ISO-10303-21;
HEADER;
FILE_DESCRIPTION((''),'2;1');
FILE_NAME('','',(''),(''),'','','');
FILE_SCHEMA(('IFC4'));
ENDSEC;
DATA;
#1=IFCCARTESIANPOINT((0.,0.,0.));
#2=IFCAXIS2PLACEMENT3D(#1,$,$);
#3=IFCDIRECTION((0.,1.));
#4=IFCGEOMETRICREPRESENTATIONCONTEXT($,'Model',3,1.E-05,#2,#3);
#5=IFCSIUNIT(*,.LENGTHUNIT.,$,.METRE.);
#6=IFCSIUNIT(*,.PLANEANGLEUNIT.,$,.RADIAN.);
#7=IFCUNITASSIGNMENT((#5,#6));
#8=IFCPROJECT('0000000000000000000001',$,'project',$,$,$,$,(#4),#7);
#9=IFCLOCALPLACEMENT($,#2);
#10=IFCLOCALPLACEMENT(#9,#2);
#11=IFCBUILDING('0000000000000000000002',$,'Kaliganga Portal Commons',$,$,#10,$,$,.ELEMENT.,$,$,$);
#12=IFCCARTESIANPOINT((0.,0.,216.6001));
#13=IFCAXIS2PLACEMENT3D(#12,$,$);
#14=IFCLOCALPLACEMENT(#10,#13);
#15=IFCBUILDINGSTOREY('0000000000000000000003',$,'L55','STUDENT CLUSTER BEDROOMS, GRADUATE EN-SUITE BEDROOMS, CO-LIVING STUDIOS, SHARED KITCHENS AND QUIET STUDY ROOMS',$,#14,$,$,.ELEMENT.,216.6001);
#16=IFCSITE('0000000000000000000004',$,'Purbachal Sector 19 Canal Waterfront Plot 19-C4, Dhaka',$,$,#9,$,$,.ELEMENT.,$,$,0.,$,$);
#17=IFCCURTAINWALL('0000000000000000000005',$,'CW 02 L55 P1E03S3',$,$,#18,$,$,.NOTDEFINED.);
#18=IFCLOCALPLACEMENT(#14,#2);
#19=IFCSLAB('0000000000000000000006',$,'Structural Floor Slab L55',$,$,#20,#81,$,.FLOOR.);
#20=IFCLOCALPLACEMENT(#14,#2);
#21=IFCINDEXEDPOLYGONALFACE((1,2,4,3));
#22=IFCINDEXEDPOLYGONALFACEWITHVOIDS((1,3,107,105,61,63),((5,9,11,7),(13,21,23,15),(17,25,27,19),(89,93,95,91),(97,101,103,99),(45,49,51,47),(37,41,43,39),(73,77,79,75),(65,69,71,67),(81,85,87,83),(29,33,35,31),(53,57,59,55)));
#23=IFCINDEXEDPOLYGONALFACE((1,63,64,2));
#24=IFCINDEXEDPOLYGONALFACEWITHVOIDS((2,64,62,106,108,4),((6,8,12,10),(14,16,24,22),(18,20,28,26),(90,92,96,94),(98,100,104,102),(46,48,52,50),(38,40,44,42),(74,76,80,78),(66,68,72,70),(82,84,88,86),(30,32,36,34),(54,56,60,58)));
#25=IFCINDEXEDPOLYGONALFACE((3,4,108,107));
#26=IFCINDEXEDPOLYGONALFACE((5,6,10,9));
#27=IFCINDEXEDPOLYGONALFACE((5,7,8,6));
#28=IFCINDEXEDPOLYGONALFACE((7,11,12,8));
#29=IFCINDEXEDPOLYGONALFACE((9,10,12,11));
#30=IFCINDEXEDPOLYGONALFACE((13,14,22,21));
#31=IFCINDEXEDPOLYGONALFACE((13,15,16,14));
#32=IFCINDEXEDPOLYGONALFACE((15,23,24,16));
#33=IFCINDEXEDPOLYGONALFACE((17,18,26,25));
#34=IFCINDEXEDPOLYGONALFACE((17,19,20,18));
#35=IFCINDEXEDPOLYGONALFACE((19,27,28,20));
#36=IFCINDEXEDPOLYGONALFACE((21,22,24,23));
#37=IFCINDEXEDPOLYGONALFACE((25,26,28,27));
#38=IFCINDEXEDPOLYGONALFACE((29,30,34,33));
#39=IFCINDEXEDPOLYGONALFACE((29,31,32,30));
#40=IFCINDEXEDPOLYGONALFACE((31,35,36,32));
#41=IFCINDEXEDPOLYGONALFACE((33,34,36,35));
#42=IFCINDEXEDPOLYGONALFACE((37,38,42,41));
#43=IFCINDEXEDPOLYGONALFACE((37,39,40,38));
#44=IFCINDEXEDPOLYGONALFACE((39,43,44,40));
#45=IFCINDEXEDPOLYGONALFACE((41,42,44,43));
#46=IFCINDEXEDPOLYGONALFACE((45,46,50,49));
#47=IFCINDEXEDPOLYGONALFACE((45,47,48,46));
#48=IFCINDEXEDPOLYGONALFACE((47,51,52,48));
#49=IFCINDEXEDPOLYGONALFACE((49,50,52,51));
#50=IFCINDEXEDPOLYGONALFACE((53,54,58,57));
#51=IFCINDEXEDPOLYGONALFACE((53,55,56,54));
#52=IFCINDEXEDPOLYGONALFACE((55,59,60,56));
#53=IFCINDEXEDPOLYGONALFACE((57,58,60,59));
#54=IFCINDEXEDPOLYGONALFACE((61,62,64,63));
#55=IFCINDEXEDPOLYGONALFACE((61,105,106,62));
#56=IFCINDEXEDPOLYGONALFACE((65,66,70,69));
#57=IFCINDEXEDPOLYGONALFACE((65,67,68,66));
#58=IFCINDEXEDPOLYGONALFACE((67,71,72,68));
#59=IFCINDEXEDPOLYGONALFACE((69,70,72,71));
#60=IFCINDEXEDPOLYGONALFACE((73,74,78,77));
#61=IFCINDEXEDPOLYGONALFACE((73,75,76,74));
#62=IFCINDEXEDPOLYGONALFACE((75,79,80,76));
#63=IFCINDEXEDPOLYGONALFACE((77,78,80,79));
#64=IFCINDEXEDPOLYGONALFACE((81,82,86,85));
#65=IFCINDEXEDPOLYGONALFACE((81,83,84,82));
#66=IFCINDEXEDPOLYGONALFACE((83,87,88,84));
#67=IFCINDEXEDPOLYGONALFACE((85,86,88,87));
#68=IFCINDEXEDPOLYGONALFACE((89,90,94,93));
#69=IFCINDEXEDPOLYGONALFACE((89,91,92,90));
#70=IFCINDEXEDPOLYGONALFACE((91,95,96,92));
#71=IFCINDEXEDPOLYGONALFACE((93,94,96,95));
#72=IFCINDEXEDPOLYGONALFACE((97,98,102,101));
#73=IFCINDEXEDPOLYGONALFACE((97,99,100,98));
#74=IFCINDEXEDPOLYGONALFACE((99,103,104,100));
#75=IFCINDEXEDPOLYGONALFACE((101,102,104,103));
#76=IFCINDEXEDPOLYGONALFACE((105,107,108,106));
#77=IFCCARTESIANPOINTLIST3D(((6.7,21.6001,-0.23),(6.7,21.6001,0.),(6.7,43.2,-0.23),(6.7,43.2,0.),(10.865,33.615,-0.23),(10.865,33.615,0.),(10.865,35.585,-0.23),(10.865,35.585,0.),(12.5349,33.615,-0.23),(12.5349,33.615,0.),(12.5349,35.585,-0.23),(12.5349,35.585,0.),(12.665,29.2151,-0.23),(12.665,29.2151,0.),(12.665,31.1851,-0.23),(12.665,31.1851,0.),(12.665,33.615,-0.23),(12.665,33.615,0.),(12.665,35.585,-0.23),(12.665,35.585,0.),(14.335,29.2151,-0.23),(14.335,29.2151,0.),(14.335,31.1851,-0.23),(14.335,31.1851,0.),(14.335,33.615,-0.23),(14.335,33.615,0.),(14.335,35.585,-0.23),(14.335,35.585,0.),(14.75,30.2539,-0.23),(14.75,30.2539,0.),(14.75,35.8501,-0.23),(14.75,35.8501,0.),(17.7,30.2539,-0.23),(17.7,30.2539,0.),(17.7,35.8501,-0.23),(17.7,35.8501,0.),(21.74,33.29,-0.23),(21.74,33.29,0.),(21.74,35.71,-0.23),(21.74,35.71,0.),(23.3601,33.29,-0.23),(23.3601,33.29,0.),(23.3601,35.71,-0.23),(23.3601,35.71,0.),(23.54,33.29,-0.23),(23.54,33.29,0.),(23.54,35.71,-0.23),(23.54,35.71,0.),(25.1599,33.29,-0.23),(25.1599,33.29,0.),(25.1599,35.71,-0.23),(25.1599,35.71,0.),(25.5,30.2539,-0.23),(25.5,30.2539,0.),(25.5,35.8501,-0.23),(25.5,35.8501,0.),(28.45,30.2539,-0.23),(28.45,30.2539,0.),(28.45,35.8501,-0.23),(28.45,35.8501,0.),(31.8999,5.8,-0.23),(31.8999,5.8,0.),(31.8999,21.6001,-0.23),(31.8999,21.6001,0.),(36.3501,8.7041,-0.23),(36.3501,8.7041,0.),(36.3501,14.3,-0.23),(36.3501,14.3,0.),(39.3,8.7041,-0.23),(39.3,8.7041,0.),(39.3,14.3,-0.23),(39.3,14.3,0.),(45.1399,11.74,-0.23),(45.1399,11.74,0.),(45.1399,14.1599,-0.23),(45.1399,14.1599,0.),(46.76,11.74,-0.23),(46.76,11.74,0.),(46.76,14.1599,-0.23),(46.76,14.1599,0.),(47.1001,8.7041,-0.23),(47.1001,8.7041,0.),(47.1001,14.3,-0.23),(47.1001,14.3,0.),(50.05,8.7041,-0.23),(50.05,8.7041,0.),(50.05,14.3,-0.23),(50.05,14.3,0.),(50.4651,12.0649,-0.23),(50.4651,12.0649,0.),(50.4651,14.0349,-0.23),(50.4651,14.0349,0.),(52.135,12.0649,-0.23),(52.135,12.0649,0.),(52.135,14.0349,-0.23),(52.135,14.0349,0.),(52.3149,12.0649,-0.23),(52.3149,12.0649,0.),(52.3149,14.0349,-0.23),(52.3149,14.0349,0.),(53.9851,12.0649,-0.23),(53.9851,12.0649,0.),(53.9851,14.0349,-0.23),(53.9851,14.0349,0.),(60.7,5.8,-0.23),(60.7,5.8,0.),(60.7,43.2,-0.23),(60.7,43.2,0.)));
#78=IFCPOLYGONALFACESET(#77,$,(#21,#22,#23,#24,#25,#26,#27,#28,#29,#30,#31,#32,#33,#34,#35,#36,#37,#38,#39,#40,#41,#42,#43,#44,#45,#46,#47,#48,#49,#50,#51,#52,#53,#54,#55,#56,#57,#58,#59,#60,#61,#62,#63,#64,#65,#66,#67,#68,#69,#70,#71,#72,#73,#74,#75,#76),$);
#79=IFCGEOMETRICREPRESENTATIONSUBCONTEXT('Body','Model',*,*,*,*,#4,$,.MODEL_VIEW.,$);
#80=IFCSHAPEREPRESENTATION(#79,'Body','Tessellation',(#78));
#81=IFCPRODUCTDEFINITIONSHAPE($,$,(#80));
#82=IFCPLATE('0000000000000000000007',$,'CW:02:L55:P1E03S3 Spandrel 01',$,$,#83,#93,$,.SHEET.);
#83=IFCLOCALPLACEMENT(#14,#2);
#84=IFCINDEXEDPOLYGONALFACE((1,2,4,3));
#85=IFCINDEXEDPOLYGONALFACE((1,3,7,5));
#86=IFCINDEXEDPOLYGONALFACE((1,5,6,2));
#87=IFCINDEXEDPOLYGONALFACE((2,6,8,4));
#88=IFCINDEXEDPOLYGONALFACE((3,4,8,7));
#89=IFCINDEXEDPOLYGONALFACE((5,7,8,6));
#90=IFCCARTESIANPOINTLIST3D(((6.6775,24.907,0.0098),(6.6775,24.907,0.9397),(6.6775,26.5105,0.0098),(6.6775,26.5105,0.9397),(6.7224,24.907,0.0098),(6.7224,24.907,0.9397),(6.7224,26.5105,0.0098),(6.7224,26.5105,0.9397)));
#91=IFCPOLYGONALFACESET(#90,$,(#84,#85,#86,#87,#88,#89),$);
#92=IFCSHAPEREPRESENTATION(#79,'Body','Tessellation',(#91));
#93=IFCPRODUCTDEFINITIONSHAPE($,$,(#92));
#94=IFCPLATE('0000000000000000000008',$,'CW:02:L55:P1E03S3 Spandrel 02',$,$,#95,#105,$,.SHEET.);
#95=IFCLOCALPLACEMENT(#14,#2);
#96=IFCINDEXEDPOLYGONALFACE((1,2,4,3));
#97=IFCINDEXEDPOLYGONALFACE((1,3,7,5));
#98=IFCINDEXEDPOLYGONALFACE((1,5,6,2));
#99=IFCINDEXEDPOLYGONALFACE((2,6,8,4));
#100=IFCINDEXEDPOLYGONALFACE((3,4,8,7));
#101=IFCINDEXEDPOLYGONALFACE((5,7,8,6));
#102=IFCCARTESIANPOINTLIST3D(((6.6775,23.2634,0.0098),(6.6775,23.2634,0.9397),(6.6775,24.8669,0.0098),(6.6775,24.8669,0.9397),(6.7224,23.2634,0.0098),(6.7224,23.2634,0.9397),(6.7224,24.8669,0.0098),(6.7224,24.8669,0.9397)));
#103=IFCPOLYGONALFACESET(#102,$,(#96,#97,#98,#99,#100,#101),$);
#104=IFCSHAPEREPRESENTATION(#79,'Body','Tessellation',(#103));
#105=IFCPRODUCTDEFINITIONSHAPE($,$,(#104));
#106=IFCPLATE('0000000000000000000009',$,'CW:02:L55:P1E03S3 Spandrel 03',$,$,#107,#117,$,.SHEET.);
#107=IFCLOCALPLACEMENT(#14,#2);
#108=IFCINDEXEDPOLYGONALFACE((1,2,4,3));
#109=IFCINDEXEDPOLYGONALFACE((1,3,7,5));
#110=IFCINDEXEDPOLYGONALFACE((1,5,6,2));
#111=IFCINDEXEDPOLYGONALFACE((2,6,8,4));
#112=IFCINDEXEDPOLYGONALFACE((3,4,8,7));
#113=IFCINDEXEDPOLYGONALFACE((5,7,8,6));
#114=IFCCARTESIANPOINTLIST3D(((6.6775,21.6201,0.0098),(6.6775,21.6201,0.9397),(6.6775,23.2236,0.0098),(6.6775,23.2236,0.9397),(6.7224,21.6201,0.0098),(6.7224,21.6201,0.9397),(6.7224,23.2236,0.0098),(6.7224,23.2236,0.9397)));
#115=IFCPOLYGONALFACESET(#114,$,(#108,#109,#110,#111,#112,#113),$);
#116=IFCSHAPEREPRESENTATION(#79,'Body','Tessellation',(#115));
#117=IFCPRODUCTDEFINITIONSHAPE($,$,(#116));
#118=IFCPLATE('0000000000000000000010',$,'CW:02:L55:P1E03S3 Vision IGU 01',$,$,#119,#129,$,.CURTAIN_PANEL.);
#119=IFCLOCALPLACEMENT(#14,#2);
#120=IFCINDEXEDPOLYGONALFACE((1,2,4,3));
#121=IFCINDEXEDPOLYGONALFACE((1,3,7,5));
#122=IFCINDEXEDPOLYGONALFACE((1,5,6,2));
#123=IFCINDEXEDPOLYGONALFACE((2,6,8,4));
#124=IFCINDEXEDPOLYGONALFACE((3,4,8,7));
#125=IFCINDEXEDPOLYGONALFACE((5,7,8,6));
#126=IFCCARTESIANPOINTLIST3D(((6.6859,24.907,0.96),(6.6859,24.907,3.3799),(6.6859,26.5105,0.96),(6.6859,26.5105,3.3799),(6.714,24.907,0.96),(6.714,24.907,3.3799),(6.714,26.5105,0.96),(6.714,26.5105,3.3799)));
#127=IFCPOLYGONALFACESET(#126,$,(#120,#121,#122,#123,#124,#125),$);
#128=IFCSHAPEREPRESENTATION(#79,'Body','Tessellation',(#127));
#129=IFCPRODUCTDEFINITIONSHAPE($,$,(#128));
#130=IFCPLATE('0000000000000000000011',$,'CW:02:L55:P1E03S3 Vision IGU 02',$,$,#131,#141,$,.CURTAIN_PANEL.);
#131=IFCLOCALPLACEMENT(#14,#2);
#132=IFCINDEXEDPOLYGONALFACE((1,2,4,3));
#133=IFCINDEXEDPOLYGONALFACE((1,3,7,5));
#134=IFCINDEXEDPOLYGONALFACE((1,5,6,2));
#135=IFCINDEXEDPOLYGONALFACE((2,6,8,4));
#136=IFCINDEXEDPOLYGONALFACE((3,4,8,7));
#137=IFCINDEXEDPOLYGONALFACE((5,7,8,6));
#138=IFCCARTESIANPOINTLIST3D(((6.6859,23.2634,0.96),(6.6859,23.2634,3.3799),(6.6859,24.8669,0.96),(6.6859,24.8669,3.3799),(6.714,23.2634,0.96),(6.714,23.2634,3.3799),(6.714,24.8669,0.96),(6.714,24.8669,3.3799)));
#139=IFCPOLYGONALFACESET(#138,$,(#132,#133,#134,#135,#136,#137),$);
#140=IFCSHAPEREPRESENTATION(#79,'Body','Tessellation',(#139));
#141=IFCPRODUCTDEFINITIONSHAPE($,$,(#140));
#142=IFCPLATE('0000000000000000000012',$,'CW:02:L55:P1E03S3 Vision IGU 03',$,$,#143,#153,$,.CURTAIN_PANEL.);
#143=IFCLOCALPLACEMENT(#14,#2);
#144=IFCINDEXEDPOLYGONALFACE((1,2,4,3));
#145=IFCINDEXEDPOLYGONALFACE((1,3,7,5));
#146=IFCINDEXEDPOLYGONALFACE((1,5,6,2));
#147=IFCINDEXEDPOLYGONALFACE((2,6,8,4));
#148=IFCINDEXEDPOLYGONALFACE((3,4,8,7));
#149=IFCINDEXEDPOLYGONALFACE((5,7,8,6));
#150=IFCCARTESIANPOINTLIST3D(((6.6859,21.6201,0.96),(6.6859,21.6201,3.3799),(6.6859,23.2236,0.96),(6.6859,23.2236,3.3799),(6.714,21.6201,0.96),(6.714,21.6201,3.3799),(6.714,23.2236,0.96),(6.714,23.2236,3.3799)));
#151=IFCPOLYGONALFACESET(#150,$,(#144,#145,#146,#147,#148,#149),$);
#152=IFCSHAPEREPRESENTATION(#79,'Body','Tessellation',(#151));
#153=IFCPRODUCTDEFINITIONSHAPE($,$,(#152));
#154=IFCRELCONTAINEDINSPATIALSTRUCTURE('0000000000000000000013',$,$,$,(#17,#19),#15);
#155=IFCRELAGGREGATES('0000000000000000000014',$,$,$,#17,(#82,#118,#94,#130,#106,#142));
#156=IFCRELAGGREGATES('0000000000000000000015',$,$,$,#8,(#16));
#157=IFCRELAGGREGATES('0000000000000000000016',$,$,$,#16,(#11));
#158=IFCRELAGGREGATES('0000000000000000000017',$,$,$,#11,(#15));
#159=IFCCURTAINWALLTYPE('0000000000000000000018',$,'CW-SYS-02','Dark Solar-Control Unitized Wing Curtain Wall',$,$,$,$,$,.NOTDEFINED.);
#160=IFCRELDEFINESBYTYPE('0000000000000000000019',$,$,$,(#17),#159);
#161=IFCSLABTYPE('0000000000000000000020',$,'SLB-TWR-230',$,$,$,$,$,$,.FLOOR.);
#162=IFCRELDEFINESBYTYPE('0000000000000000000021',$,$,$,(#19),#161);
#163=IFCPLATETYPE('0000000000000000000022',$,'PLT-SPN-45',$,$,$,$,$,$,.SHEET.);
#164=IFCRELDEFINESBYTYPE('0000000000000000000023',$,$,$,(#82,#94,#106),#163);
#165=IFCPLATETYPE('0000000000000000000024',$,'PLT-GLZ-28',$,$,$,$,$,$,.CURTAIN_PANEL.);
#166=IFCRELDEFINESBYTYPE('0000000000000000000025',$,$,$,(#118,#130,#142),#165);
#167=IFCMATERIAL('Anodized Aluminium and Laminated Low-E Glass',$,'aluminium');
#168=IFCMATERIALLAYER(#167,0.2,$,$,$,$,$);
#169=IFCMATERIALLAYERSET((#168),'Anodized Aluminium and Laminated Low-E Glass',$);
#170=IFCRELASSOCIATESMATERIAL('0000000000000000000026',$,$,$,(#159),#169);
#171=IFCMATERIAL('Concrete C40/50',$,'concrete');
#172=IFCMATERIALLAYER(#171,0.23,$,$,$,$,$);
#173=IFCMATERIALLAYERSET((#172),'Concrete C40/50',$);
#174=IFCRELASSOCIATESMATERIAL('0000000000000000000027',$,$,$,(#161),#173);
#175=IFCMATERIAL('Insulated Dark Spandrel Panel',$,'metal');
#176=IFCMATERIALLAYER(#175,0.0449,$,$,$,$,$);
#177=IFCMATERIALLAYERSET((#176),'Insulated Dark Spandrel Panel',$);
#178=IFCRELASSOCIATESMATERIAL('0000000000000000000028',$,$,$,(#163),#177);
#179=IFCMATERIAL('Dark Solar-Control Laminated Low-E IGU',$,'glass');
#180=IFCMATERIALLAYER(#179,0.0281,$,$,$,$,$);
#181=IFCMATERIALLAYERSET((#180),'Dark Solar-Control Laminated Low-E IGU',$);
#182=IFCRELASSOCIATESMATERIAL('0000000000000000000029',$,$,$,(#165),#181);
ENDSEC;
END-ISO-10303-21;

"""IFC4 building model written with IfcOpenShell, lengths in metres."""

from ifc_helpers import new_model, si_unit, direction, frame, origin, origin_2d, place, context, subcontext, project, spatial, polyline, rectangle, outline, extrude, source, transform, mapped, material, layer, layer_set, type_object, element, aggregate, save


model = new_model("IFC4")

# Units and contexts
model_context = context("Model", 3, precision=1e-05, world=origin(), true_north=direction((0.0, 1.0)))
body_context = subcontext(model_context, "Body", "Model", "MODEL_VIEW")
ifc_project = project(units=[si_unit("LENGTHUNIT", "METRE"), si_unit("PLANEANGLEUNIT", "RADIAN")], contexts=[model_context])

# Site, building, storey
site_placement = place(None, origin())
site = spatial("IfcSite", under=ifc_project, at=site_placement, Name="Purbachal Sector 19 Canal Waterfront Plot 19-C4, Dhaka", CompositionType="ELEMENT", RefElevation=0.0)
building_placement = place(site_placement, origin())
building = spatial("IfcBuilding", under=site, at=building_placement, Name="Kaliganga Portal Commons", CompositionType="ELEMENT")
storey_placement = place(building_placement, frame((0.0, 0.0, 216.6001)))
storey = spatial("IfcBuildingStorey", under=building, at=storey_placement, Name="L55", Description="STUDENT CLUSTER BEDROOMS, GRADUATE EN-SUITE BEDROOMS, CO-LIVING STUDIOS, SHARED KITCHENS AND QUIET STUDY ROOMS", CompositionType="ELEMENT", Elevation=216.6001)

# Curtain wall
ifc_material_1 = material(Name="Anodized Aluminium and Laminated Low-E Glass", Category="aluminium")
ifc_layer_1 = layer(ifc_material_1, 0.2)
ifc_layer_set_1 = layer_set([ifc_layer_1], Name="Anodized Aluminium and Laminated Low-E Glass")
curtain_wall_type = type_object("IfcCurtainWallType", Name="CW-SYS-02", Description="Dark Solar-Control Unitized Wing Curtain Wall", PredefinedType="NOTDEFINED", material=ifc_layer_set_1)
curtain_wall_placement = place(storey_placement, origin())
curtain_wall = element("IfcCurtainWall", 1, at=curtain_wall_placement, inside=storey, type_object=curtain_wall_type, Name="CW 02 L55 P1E03S3", PredefinedType="NOTDEFINED")

# Shared definitions
ifc_material_2 = material(Name="Concrete C40/50", Category="concrete")

# Slab
ifc_layer_2 = layer(ifc_material_2, 0.23)
ifc_layer_set_2 = layer_set([ifc_layer_2], Name="Concrete C40/50")
slab_type_1 = type_object("IfcSlabType", Name="SLB-TWR-230", PredefinedType="FLOOR", material=ifc_layer_set_2)
slab_1_placement = place(storey_placement, frame((0.0, 0.0, -0.23)))
element("IfcSlab", 2, at=slab_1_placement, inside=storey, type_object=slab_type_1, Name="Structural Floor Slab L55", PredefinedType="FLOOR", context=body_context, shape_type="SweptSolid", body=[
    extrude(outline(polyline([(31.8999, 5.8), (60.7, 5.8), (60.7, 43.2), (6.7, 43.2), (6.7, 21.6001), (31.8999, 21.6001), (31.8999, 5.8)]), holes=[polyline([(14.75, 30.2539), (14.75, 35.8501), (17.7, 35.8501), (17.7, 30.2539), (14.75, 30.2539)]), polyline([(25.5, 30.2539), (25.5, 35.8501), (28.45, 35.8501), (28.45, 30.2539), (25.5, 30.2539)]), polyline([(36.3501, 8.7041), (36.3501, 14.3), (39.3, 14.3), (39.3, 8.7041), (36.3501, 8.7041)]), polyline([(47.1001, 8.7041), (47.1001, 14.3), (50.05, 14.3), (50.05, 8.7041), (47.1001, 8.7041)]), polyline([(12.665, 33.615), (12.665, 35.585), (14.335, 35.585), (14.335, 33.615), (12.665, 33.615)]), polyline([(12.665, 29.2151), (12.665, 31.1851), (14.335, 31.1851), (14.335, 29.2151), (12.665, 29.2151)]), polyline([(10.865, 33.615), (10.865, 35.585), (12.5349, 35.585), (12.5349, 33.615), (10.865, 33.615)]), polyline([(21.74, 33.29), (21.74, 35.71), (23.3601, 35.71), (23.3601, 33.29), (21.74, 33.29)]), polyline([(23.54, 33.29), (23.54, 35.71), (25.1599, 35.71), (25.1599, 33.29), (23.54, 33.29)]), polyline([(50.4651, 12.0649), (50.4651, 14.0349), (52.135, 14.0349), (52.135, 12.0649), (50.4651, 12.0649)]), polyline([(52.3149, 12.0649), (52.3149, 14.0349), (53.9851, 14.0349), (53.9851, 12.0649), (52.3149, 12.0649)]), polyline([(45.1399, 11.74), (45.1399, 14.1599), (46.76, 14.1599), (46.76, 11.74), (45.1399, 11.74)])]), origin(), (0.0, 0.0, 1.0), 0.23),
])

# Plates
ifc_material_3 = material(Name="Insulated Dark Spandrel Panel", Category="metal")
ifc_layer_3 = layer(ifc_material_3, 0.0449)
ifc_layer_set_3 = layer_set([ifc_layer_3], Name="Insulated Dark Spandrel Panel")
plate_type_1 = type_object("IfcPlateType", Name="PLT-SPN-45", PredefinedType="SHEET", material=ifc_layer_set_3)
shared_shape_1 = source(origin(), body_context, "Body", "SweptSolid", [
    extrude(rectangle(XDim=1.6035, YDim=0.0449, at=origin_2d()), origin(), (0.0, 0.0, 1.0), 0.9299),
])
plate_1_placement = place(storey_placement, frame((6.7, 25.7087, 0.0098), z_axis=(0.0, 0.0, 1.0), x_axis=(0.0, -1.0, 0.0)))
plate_1 = element("IfcPlate", 3, at=plate_1_placement, type_object=plate_type_1, Name="CW:02:L55:P1E03S3 Spandrel 01", PredefinedType="SHEET", context=body_context, shape_type="MappedRepresentation", body=[
    mapped(shared_shape_1, transform((0.0, 0.0, 0.0), x_axis=(1.0, 0.0, 0.0), y_axis=(0.0, 1.0, 0.0), z_axis=(0.0, 0.0, 1.0), scale=1.0)),
])
plate_2_placement = place(storey_placement, frame((6.7, 24.0652, 0.0098), z_axis=(0.0, 0.0, 1.0), x_axis=(0.0, -1.0, 0.0)))
plate_2 = element("IfcPlate", 4, at=plate_2_placement, type_object=plate_type_1, Name="CW:02:L55:P1E03S3 Spandrel 02", PredefinedType="SHEET", context=body_context, shape_type="MappedRepresentation", body=[
    mapped(shared_shape_1, transform((0.0, 0.0, 0.0), x_axis=(1.0, 0.0, 0.0), y_axis=(0.0, 1.0, 0.0), z_axis=(0.0, 0.0, 1.0), scale=1.0)),
])
plate_3_placement = place(storey_placement, frame((6.7, 22.4219, 0.0098), z_axis=(0.0, 0.0, 1.0), x_axis=(0.0, -1.0, 0.0)))
plate_3 = element("IfcPlate", 5, at=plate_3_placement, type_object=plate_type_1, Name="CW:02:L55:P1E03S3 Spandrel 03", PredefinedType="SHEET", context=body_context, shape_type="MappedRepresentation", body=[
    mapped(shared_shape_1, transform((0.0, 0.0, 0.0), x_axis=(1.0, 0.0, 0.0), y_axis=(0.0, 1.0, 0.0), z_axis=(0.0, 0.0, 1.0), scale=1.0)),
])
ifc_material_4 = material(Name="Dark Solar-Control Laminated Low-E IGU", Category="glass")
ifc_layer_4 = layer(ifc_material_4, 0.0281)
ifc_layer_set_4 = layer_set([ifc_layer_4], Name="Dark Solar-Control Laminated Low-E IGU")
plate_type_2 = type_object("IfcPlateType", Name="PLT-GLZ-28", PredefinedType="CURTAIN_PANEL", material=ifc_layer_set_4)
shared_shape_2 = source(origin(), body_context, "Body", "SweptSolid", [
    extrude(rectangle(XDim=1.6035, YDim=0.0281, at=origin_2d()), origin(), (0.0, 0.0, 1.0), 2.4199),
])
plate_4_placement = place(storey_placement, frame((6.7, 25.7087, 0.96), z_axis=(0.0, 0.0, 1.0), x_axis=(0.0, -1.0, 0.0)))
plate_4 = element("IfcPlate", 6, at=plate_4_placement, type_object=plate_type_2, Name="CW:02:L55:P1E03S3 Vision IGU 01", PredefinedType="CURTAIN_PANEL", context=body_context, shape_type="MappedRepresentation", body=[
    mapped(shared_shape_2, transform((0.0, 0.0, 0.0), x_axis=(1.0, 0.0, 0.0), y_axis=(0.0, 1.0, 0.0), z_axis=(0.0, 0.0, 1.0), scale=1.0)),
])
plate_5_placement = place(storey_placement, frame((6.7, 24.0652, 0.96), z_axis=(0.0, 0.0, 1.0), x_axis=(0.0, -1.0, 0.0)))
plate_5 = element("IfcPlate", 7, at=plate_5_placement, type_object=plate_type_2, Name="CW:02:L55:P1E03S3 Vision IGU 02", PredefinedType="CURTAIN_PANEL", context=body_context, shape_type="MappedRepresentation", body=[
    mapped(shared_shape_2, transform((0.0, 0.0, 0.0), x_axis=(1.0, 0.0, 0.0), y_axis=(0.0, 1.0, 0.0), z_axis=(0.0, 0.0, 1.0), scale=1.0)),
])
plate_6_placement = place(storey_placement, frame((6.7, 22.4219, 0.96), z_axis=(0.0, 0.0, 1.0), x_axis=(0.0, -1.0, 0.0)))
plate_6 = element("IfcPlate", 8, at=plate_6_placement, type_object=plate_type_2, Name="CW:02:L55:P1E03S3 Vision IGU 03", PredefinedType="CURTAIN_PANEL", context=body_context, shape_type="MappedRepresentation", body=[
    mapped(shared_shape_2, transform((0.0, 0.0, 0.0), x_axis=(1.0, 0.0, 0.0), y_axis=(0.0, 1.0, 0.0), z_axis=(0.0, 0.0, 1.0), scale=1.0)),
])
aggregate(curtain_wall, [plate_1, plate_4, plate_2, plate_5, plate_3, plate_6])

save(model, "model.ifc")
